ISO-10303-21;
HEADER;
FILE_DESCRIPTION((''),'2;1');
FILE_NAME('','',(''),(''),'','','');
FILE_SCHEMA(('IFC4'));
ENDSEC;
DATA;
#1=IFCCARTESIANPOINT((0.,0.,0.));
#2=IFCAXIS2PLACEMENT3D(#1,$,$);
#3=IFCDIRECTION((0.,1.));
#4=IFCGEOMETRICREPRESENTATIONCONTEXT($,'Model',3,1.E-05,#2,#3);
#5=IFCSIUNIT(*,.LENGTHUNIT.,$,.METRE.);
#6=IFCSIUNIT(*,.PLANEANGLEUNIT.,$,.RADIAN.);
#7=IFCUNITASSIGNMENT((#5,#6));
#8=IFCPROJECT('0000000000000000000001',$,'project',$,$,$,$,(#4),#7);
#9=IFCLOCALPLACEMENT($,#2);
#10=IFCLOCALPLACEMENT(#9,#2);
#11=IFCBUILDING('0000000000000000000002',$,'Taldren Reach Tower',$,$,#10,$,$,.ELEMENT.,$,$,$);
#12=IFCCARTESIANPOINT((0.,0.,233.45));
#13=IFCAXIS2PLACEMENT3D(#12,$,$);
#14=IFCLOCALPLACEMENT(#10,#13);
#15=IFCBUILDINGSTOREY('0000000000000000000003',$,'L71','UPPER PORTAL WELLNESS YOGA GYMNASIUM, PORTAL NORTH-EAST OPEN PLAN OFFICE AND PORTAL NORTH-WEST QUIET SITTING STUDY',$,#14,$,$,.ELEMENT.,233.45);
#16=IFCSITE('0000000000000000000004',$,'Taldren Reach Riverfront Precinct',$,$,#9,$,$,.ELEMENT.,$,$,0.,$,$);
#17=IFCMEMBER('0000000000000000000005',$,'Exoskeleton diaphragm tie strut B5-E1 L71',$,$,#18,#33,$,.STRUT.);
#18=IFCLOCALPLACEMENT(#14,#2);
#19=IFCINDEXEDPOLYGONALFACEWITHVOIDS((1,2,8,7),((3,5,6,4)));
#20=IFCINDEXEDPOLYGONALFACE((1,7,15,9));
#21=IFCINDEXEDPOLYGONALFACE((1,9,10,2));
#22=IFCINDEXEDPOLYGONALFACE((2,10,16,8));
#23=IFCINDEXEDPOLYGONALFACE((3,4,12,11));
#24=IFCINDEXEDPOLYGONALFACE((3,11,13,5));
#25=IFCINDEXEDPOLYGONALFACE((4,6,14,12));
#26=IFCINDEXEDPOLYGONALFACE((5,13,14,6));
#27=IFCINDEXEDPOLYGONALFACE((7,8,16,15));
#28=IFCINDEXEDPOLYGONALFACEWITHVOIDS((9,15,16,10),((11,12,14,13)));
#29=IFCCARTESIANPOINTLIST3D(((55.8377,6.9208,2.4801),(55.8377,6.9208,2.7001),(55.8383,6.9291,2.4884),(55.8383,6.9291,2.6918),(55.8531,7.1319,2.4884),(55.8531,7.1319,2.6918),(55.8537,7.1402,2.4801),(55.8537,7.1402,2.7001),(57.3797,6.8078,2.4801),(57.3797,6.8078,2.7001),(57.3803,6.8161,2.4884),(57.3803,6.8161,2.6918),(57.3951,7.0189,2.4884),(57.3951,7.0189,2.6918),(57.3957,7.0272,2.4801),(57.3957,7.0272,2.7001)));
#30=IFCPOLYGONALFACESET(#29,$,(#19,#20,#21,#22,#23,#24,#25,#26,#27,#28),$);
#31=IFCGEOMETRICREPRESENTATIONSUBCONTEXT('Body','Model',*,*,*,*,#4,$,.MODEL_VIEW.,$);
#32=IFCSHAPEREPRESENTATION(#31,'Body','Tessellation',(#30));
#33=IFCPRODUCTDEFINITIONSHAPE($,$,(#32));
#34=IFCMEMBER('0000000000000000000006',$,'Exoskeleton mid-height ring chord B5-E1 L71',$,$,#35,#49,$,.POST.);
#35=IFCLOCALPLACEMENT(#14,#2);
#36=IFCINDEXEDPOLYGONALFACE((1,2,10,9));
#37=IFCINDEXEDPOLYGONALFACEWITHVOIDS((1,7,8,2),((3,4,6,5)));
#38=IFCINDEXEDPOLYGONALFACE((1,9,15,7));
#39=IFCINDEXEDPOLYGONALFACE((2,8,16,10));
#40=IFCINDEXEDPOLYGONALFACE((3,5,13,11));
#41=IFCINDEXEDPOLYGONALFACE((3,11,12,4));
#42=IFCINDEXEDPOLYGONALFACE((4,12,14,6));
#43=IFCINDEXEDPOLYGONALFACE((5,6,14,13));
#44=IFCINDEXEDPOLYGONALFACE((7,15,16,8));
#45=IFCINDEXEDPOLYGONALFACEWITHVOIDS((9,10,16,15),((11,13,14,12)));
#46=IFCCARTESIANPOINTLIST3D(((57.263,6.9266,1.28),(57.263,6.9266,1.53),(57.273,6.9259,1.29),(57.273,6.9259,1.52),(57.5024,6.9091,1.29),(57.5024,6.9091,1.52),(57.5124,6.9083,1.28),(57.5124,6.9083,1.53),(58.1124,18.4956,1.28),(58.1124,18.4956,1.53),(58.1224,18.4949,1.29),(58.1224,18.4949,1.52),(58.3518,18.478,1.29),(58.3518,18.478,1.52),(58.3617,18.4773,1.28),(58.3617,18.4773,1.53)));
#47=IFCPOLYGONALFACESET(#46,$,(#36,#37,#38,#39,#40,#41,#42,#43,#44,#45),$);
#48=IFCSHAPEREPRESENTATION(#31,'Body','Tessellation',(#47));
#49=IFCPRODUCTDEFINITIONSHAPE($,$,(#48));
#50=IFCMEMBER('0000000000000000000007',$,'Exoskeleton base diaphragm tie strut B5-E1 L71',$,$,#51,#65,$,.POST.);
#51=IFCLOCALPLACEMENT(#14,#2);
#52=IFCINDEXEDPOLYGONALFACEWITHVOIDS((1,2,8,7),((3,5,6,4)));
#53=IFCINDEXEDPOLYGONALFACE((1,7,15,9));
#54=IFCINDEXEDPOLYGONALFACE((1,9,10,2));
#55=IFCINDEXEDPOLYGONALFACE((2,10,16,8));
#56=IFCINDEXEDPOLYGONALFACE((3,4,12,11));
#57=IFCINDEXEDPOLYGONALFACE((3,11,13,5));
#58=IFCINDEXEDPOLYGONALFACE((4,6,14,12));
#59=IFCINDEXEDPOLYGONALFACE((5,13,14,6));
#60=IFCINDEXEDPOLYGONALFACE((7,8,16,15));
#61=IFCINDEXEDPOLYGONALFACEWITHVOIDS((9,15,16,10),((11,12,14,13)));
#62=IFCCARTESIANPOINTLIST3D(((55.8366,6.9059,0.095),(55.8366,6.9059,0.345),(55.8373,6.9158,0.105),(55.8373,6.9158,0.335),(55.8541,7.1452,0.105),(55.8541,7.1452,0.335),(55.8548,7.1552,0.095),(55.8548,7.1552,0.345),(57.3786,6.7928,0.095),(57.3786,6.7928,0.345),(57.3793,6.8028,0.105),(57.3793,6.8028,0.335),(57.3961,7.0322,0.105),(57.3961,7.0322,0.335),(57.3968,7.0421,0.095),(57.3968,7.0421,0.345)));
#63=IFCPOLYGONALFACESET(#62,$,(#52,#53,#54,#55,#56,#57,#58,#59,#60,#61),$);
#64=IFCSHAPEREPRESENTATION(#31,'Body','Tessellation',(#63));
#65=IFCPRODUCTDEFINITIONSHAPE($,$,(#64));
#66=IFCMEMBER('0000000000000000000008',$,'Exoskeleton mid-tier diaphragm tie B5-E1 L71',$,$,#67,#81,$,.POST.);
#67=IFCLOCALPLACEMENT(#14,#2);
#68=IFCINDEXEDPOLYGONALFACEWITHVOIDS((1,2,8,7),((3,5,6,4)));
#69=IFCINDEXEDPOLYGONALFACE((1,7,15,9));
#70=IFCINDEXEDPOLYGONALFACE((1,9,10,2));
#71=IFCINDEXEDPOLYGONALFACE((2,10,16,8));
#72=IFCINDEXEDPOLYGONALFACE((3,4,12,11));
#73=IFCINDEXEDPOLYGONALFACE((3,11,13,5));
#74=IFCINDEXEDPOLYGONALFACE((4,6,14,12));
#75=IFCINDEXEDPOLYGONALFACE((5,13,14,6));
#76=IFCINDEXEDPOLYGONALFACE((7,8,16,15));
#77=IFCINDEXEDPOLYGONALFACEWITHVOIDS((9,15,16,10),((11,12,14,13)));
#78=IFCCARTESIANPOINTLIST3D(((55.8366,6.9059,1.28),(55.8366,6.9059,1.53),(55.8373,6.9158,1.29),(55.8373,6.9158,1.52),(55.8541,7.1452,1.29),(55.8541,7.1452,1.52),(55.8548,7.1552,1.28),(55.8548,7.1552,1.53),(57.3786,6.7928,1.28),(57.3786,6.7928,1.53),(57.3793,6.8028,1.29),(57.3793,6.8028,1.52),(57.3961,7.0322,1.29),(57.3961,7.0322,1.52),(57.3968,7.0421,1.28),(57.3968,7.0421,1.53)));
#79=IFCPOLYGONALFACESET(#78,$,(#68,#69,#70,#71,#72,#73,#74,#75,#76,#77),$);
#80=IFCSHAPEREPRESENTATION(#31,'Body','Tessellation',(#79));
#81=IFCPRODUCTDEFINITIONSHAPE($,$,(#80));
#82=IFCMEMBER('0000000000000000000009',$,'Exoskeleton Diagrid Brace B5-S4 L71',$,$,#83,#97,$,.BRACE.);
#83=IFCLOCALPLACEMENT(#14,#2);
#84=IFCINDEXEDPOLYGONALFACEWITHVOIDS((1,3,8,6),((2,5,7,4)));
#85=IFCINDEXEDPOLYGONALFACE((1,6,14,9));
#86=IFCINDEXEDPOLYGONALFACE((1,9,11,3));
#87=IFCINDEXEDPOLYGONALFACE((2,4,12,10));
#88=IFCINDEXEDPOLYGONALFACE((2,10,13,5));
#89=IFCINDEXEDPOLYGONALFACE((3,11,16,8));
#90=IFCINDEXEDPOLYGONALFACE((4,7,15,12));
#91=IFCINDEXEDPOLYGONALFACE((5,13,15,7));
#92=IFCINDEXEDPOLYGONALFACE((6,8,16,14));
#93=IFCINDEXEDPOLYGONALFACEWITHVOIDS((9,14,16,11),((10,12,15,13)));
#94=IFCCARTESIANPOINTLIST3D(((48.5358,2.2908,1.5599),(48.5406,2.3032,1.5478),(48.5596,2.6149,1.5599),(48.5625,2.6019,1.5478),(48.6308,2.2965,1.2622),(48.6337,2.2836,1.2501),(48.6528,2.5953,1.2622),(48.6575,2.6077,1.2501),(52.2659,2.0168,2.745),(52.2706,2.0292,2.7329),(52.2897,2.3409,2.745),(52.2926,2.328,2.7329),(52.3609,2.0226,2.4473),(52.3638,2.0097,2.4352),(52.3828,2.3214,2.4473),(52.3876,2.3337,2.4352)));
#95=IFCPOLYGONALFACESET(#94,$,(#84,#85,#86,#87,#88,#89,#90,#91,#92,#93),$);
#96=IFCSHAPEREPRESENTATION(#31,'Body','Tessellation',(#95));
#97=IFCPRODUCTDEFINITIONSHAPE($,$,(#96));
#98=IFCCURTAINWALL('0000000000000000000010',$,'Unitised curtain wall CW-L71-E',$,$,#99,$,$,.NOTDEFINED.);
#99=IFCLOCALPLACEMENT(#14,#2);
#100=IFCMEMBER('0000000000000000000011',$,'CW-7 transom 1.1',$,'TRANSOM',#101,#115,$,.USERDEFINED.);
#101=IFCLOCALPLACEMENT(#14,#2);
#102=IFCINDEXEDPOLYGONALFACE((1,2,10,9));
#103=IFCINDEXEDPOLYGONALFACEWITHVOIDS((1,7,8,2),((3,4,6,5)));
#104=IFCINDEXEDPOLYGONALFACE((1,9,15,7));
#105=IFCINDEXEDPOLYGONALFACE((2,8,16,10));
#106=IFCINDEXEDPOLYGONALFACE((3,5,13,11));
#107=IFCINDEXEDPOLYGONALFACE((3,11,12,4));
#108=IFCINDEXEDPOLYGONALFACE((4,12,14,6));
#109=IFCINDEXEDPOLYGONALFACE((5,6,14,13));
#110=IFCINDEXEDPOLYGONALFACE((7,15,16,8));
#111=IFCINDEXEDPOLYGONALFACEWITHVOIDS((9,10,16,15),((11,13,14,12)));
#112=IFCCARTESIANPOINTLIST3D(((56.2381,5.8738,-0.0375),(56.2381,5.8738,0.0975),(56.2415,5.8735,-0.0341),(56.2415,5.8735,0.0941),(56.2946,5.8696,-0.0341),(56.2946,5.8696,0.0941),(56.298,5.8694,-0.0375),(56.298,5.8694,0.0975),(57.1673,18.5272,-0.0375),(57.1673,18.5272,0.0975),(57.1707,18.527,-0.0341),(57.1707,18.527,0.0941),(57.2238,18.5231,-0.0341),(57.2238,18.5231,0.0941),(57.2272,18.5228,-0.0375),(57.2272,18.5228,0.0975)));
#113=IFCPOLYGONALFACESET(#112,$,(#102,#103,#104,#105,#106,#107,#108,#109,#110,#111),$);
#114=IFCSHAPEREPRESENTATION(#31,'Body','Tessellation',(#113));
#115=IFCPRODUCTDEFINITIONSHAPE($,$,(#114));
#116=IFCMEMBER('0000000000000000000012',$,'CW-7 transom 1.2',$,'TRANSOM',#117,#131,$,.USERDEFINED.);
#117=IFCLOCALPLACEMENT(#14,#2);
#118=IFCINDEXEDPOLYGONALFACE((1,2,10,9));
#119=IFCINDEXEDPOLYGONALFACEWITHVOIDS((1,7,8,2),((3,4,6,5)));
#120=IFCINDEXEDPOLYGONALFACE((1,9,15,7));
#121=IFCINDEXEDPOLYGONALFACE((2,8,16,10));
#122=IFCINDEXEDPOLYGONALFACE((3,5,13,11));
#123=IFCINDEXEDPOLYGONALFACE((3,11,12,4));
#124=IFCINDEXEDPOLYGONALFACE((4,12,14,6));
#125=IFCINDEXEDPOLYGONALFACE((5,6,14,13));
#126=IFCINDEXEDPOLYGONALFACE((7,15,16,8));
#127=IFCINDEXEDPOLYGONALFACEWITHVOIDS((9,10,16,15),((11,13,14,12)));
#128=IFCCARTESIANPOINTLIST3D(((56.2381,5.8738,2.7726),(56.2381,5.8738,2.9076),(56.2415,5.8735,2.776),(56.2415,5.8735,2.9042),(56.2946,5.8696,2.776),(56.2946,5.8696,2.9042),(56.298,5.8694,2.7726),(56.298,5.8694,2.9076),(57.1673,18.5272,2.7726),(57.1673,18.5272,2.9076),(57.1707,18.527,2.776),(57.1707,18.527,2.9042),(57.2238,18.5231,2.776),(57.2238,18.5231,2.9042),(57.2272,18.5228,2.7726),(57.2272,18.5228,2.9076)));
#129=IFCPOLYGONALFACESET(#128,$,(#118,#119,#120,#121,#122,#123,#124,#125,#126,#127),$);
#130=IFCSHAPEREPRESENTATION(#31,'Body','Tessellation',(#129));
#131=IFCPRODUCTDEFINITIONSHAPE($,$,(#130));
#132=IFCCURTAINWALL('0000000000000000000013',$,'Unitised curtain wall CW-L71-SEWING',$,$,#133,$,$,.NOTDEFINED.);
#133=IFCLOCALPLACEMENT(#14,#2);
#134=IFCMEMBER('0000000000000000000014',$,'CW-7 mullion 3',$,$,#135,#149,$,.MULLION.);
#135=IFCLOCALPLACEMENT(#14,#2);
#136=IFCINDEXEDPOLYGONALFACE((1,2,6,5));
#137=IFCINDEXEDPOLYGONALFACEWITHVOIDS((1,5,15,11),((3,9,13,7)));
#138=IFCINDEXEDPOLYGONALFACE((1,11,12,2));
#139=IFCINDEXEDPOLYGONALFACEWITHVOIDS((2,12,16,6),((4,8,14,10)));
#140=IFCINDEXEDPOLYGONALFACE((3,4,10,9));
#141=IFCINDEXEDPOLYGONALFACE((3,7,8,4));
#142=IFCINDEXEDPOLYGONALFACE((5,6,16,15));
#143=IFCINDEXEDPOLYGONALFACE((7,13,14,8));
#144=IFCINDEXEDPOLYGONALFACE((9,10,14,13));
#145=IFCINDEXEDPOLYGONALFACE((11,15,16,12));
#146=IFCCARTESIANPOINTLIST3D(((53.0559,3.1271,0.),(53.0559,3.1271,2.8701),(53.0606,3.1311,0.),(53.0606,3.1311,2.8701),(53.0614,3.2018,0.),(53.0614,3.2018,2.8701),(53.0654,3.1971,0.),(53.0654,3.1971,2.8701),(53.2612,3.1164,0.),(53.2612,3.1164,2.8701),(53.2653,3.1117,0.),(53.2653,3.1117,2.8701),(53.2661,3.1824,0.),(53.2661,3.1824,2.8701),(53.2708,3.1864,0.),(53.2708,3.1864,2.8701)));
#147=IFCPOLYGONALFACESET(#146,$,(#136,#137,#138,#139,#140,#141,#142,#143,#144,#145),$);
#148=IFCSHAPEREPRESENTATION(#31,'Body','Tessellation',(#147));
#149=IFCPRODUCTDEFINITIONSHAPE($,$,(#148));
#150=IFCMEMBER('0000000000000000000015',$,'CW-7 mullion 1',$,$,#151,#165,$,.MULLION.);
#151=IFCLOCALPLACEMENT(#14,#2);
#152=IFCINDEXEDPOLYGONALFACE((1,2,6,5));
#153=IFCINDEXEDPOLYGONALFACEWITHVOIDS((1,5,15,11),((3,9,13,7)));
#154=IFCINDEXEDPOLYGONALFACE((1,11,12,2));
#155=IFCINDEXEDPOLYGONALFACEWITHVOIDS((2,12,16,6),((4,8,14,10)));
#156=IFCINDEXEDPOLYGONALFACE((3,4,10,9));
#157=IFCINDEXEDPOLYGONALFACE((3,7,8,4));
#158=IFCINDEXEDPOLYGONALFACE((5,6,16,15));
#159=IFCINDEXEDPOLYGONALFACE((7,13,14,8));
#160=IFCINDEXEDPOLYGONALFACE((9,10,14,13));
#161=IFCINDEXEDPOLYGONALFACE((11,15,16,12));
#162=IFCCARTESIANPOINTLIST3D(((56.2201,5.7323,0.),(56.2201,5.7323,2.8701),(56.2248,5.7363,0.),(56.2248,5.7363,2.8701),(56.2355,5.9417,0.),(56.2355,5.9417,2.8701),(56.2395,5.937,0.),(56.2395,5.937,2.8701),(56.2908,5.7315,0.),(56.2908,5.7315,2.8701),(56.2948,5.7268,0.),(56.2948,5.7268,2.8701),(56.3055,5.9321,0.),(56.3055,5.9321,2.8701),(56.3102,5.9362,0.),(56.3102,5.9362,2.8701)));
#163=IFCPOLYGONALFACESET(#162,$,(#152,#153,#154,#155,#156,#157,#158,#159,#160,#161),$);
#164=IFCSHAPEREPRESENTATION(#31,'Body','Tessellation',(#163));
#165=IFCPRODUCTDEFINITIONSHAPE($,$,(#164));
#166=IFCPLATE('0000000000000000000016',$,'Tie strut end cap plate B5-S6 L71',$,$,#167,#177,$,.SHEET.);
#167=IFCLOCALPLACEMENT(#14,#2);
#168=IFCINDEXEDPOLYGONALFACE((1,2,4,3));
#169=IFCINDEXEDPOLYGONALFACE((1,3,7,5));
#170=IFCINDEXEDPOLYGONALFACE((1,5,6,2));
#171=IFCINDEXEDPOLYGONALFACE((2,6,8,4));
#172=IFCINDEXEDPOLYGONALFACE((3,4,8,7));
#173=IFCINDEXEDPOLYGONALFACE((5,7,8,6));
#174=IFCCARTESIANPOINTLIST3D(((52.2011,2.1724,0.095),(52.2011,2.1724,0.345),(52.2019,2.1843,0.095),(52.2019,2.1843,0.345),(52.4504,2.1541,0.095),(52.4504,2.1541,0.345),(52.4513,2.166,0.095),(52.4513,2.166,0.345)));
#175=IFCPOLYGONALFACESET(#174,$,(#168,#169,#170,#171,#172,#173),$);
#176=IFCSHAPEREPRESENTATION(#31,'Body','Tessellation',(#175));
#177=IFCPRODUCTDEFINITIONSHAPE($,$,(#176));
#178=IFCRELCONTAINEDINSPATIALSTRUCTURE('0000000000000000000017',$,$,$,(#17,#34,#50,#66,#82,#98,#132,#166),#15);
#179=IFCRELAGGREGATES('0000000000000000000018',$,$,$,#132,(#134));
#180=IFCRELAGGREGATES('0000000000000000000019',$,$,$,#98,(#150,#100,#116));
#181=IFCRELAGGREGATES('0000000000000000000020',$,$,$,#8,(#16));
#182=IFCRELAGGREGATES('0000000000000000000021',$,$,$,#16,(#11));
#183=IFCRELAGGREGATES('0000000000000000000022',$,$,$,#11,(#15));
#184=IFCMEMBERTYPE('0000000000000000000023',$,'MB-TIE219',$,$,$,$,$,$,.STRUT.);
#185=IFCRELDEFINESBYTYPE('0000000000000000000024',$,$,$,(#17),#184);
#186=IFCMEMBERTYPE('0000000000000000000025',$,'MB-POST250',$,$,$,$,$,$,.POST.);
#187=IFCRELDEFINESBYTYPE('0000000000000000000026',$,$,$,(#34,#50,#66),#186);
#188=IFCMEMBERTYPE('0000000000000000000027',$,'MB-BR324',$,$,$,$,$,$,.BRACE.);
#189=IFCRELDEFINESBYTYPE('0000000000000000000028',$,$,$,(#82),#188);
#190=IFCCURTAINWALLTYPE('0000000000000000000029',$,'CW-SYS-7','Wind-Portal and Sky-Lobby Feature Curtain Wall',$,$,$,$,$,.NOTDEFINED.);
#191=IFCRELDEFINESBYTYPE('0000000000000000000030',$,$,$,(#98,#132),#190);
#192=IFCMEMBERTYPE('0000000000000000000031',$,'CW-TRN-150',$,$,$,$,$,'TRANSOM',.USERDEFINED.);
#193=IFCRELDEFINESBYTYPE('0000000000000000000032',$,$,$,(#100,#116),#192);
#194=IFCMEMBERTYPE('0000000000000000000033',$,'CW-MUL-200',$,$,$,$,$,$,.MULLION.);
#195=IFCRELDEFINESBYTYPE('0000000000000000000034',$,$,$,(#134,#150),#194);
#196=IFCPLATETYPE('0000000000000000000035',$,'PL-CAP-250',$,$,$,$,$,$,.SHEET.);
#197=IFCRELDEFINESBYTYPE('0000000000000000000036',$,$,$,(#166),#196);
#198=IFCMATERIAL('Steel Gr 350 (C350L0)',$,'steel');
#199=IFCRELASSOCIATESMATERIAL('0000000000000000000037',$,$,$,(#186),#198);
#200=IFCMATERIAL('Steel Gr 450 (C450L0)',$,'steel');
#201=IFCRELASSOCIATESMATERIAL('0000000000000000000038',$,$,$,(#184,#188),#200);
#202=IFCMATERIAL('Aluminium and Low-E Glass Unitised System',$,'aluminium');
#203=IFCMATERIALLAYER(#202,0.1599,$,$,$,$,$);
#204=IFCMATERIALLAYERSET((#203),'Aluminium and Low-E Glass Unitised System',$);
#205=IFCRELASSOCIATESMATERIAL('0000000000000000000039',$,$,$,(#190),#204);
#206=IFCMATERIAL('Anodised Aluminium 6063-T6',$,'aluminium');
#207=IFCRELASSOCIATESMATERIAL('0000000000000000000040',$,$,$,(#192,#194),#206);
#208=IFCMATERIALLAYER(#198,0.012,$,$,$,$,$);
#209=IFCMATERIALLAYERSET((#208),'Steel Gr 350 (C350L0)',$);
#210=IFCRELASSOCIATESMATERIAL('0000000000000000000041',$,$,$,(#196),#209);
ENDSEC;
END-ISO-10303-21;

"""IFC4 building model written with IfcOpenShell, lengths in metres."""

from ifc_helpers import new_model, si_unit, direction, frame, origin, origin_2d, place, context, subcontext, project, spatial, rectangle, hollow_rectangle, extrude, source, transform, mapped, material, layer, layer_set, material_profile, profile_set, type_object, element, aggregate, save


model = new_model("IFC4")

# Units and contexts
model_context = context("Model", 3, precision=1e-05, world=origin(), true_north=direction((0.0, 1.0)))
body_context = subcontext(model_context, "Body", "Model", "MODEL_VIEW")
ifc_project = project(units=[si_unit("LENGTHUNIT", "METRE"), si_unit("PLANEANGLEUNIT", "RADIAN")], contexts=[model_context])

# Site, building, storey
site_placement = place(None, origin())
site = spatial("IfcSite", under=ifc_project, at=site_placement, Name="Taldren Reach Riverfront Precinct", CompositionType="ELEMENT", RefElevation=0.0)
building_placement = place(site_placement, origin())
building = spatial("IfcBuilding", under=site, at=building_placement, Name="Taldren Reach Tower", CompositionType="ELEMENT")
storey_placement = place(building_placement, frame((0.0, 0.0, 233.45)))
storey = spatial("IfcBuildingStorey", under=building, at=storey_placement, Name="L71", Description="UPPER PORTAL WELLNESS YOGA GYMNASIUM, PORTAL NORTH-EAST OPEN PLAN OFFICE AND PORTAL NORTH-WEST QUIET SITTING STUDY", CompositionType="ELEMENT", Elevation=233.45)

# Shared definitions
ifc_material_1 = material(Name="Steel Gr 350 (C350L0)", Category="steel")

# Shared definitions
ifc_material_profile_1 = material_profile(ifc_material_1, hollow_rectangle(XDim=0.25, YDim=0.25, WallThickness=0.01, at=origin_2d()), Name="250x250x10.0SHS")
ifc_profile_set_1 = profile_set([ifc_material_profile_1], Name="Steel Gr 350 (C350L0)")
member_type_1 = type_object("IfcMemberType", Name="MB-POST250", PredefinedType="POST", material=ifc_profile_set_1)
ifc_material_2 = material(Name="Steel Gr 450 (C450L0)", Category="steel")
ifc_material_profile_2 = material_profile(ifc_material_2, hollow_rectangle(XDim=0.22, YDim=0.22, WallThickness=0.0083, at=origin_2d()), Name="220x220x8.2SHS")
ifc_profile_set_2 = profile_set([ifc_material_profile_2], Name="Steel Gr 450 (C450L0)")
member_type_2 = type_object("IfcMemberType", Name="MB-TIE219", PredefinedType="STRUT", material=ifc_profile_set_2)

# Members
shared_shape_1 = source(origin(), body_context, "Body", "SweptSolid", [
    extrude(hollow_rectangle(XDim=0.22, YDim=0.22, WallThickness=0.0083, at=origin_2d()), origin(), (0.0, 0.0, 1.0), 1.5461),
])
member_1_placement = place(storey_placement, frame((55.8457, 7.0305, 2.5901), z_axis=(0.997324, -0.07311, 0.0), x_axis=(0.07311, 0.997324, 0.0)))
element("IfcMember", 1, at=member_1_placement, inside=storey, type_object=member_type_2, Name="Exoskeleton diaphragm tie strut B5-E1 L71", PredefinedType="STRUT", context=body_context, shape_type="MappedRepresentation", body=[
    mapped(shared_shape_1, transform((0.0, 0.0, 0.0), scale=1.0)),
])
shared_shape_2 = source(origin(), body_context, "Body", "SweptSolid", [
    extrude(hollow_rectangle(XDim=0.25, YDim=0.25, WallThickness=0.01, at=origin_2d()), origin(), (0.0, 0.0, 1.0), 11.6001),
])
member_2_placement = place(storey_placement, frame((57.3877, 6.9175, 1.405), z_axis=(0.073221, 0.997316, 0.0), x_axis=(-0.997316, 0.073221, 0.0)))
element("IfcMember", 2, at=member_2_placement, inside=storey, type_object=member_type_1, Name="Exoskeleton mid-height ring chord B5-E1 L71", PredefinedType="POST", context=body_context, shape_type="MappedRepresentation", body=[
    mapped(shared_shape_2, transform((0.0, 0.0, 0.0), scale=1.0)),
])
shared_shape_3 = source(origin(), body_context, "Body", "SweptSolid", [
    extrude(hollow_rectangle(XDim=0.25, YDim=0.25, WallThickness=0.01, at=origin_2d()), origin(), (0.0, 0.0, 1.0), 1.5461),
])
for number, where, z_axis, x_axis, name in (
    (3, (55.8457, 7.0305, 0.22), (0.997324, -0.07311, 0.0), (0.07311, 0.997324, 0.0), "Exoskeleton base diaphragm tie strut B5-E1 L71"),
    (4, (55.8457, 7.0305, 1.405), (0.997324, -0.07311, 0.0), (0.07311, 0.997324, 0.0), "Exoskeleton mid-tier diaphragm tie B5-E1 L71"),
):
    element("IfcMember", number, at=place(storey_placement, frame(where, z_axis=z_axis, x_axis=x_axis)), inside=storey, type_object=member_type_1, Name=name, PredefinedType="POST", context=body_context, shape_type="MappedRepresentation", body=[
        mapped(shared_shape_3, transform((0.0, 0.0, 0.0), scale=1.0)),
    ])
ifc_material_profile_3 = material_profile(ifc_material_2, hollow_rectangle(XDim=0.325, YDim=0.325, WallThickness=0.0127, at=origin_2d()), Name="325x325x12.7SHS")
ifc_profile_set_3 = profile_set([ifc_material_profile_3], Name="Steel Gr 450 (C450L0)")
member_type_3 = type_object("IfcMemberType", Name="MB-BR324", PredefinedType="BRACE", material=ifc_profile_set_3)
shared_shape_4 = source(origin(), body_context, "Body", "SweptSolid", [
    extrude(hollow_rectangle(XDim=0.325, YDim=0.325, WallThickness=0.0127, at=origin_2d()), origin(), (0.0, 0.0, 1.0), 3.9233),
])
member_3_placement = place(storey_placement, frame((48.5967, 2.4492, 1.405), z_axis=(0.950729, -0.069821, 0.302058), x_axis=(0.073242, 0.997314, 0.0)))
element("IfcMember", 5, at=member_3_placement, inside=storey, type_object=member_type_3, Name="Exoskeleton Diagrid Brace B5-S4 L71", PredefinedType="BRACE", context=body_context, shape_type="MappedRepresentation", body=[
    mapped(shared_shape_4, transform((0.0, 0.0, 0.0), scale=1.0)),
])

# Curtain wall, members
ifc_material_3 = material(Name="Aluminium and Low-E Glass Unitised System", Category="aluminium")
ifc_layer_1 = layer(ifc_material_3, 0.1599)
ifc_layer_set_1 = layer_set([ifc_layer_1], Name="Aluminium and Low-E Glass Unitised System")
curtain_wall_type = type_object("IfcCurtainWallType", Name="CW-SYS-7", Description="Wind-Portal and Sky-Lobby Feature Curtain Wall", PredefinedType="NOTDEFINED", material=ifc_layer_set_1)
curtain_wall_1_placement = place(storey_placement, origin())
curtain_wall_1 = element("IfcCurtainWall", 6, at=curtain_wall_1_placement, inside=storey, type_object=curtain_wall_type, Name="Unitised curtain wall CW-L71-E", PredefinedType="NOTDEFINED")
ifc_material_4 = material(Name="Anodised Aluminium 6063-T6", Category="aluminium")
ifc_material_profile_4 = material_profile(ifc_material_4, hollow_rectangle(XDim=0.0601, YDim=0.135, WallThickness=0.0034, at=origin_2d()), Name="ALU-135x60x3.5RHS")
ifc_profile_set_4 = profile_set([ifc_material_profile_4], Name="Anodised Aluminium 6063-T6")
member_type_4 = type_object("IfcMemberType", Name="CW-TRN-150", ElementType="TRANSOM", PredefinedType="USERDEFINED", material=ifc_profile_set_4)
shared_shape_5 = source(origin(), body_context, "Body", "SweptSolid", [
    extrude(hollow_rectangle(XDim=0.0601, YDim=0.135, WallThickness=0.0034, at=origin_2d()), origin(), (0.0, 0.0, 1.0), 12.6875),
])
member_4_placement = place(storey_placement, frame((56.2681, 5.8716, 0.03), z_axis=(0.073238, 0.997314, 0.0), x_axis=(-0.997314, 0.073238, 0.0)))
member_4 = element("IfcMember", 7, at=member_4_placement, type_object=member_type_4, Name="CW-7 transom 1.1", ObjectType="TRANSOM", PredefinedType="USERDEFINED", context=body_context, shape_type="MappedRepresentation", body=[
    mapped(shared_shape_5, transform((0.0, 0.0, 0.0), scale=1.0)),
])
member_5_placement = place(storey_placement, frame((56.2681, 5.8716, 2.8401), z_axis=(0.073238, 0.997314, 0.0), x_axis=(-0.997314, 0.073238, 0.0)))
member_5 = element("IfcMember", 8, at=member_5_placement, type_object=member_type_4, Name="CW-7 transom 1.2", ObjectType="TRANSOM", PredefinedType="USERDEFINED", context=body_context, shape_type="MappedRepresentation", body=[
    mapped(shared_shape_5, transform((0.0, 0.0, 0.0), scale=1.0)),
])

# Curtain wall, member
curtain_wall_2_placement = place(storey_placement, origin())
curtain_wall_2 = element("IfcCurtainWall", 9, at=curtain_wall_2_placement, inside=storey, type_object=curtain_wall_type, Name="Unitised curtain wall CW-L71-SEWING", PredefinedType="NOTDEFINED")
ifc_material_profile_5 = material_profile(ifc_material_4, hollow_rectangle(XDim=0.075, YDim=0.21, WallThickness=0.0044, at=origin_2d()), Name="ALU-210x75x4.5RHS")
ifc_profile_set_5 = profile_set([ifc_material_profile_5], Name="Anodised Aluminium 6063-T6")
member_type_5 = type_object("IfcMemberType", Name="CW-MUL-200", PredefinedType="MULLION", material=ifc_profile_set_5)
shared_shape_6 = source(origin(), body_context, "Body", "SweptSolid", [
    extrude(hollow_rectangle(XDim=0.075, YDim=0.21, WallThickness=0.0044, at=origin_2d()), origin(), (0.0, 0.0, 1.0), 2.8701),
])
member_6_placement = place(storey_placement, frame((53.1633, 3.1567, 0.0), z_axis=(0.0, 0.0, 1.0), x_axis=(0.073238, 0.997314, 0.0)))
member_6 = element("IfcMember", 10, at=member_6_placement, type_object=member_type_5, Name="CW-7 mullion 3", PredefinedType="MULLION", context=body_context, shape_type="MappedRepresentation", body=[
    mapped(shared_shape_6, transform((0.0, 0.0, 0.0), scale=1.0)),
])

# Member
member_7_placement = place(storey_placement, frame((56.2651, 5.8342, 0.0), z_axis=(0.0, 0.0, 1.0), x_axis=(-0.997314, 0.073238, 0.0)))
member_7 = element("IfcMember", 11, at=member_7_placement, type_object=member_type_5, Name="CW-7 mullion 1", PredefinedType="MULLION", context=body_context, shape_type="MappedRepresentation", body=[
    mapped(shared_shape_6, transform((0.0, 0.0, 0.0), scale=1.0)),
])

# Plate
ifc_layer_2 = layer(ifc_material_1, 0.012)
ifc_layer_set_2 = layer_set([ifc_layer_2], Name="Steel Gr 350 (C350L0)")
plate_type_1 = type_object("IfcPlateType", Name="PL-CAP-250", PredefinedType="SHEET", material=ifc_layer_set_2)
shared_shape_7 = source(origin(), body_context, "Body", "SweptSolid", [
    extrude(rectangle(XDim=0.25, YDim=0.012, at=origin_2d()), origin(), (0.0, 0.0, 1.0), 0.25),
])
plate_1_placement = place(storey_placement, frame((52.3262, 2.1692, 0.095), z_axis=(0.0, 0.0, 1.0), x_axis=(0.997314, -0.073238, 0.0)))
element("IfcPlate", 12, at=plate_1_placement, inside=storey, type_object=plate_type_1, Name="Tie strut end cap plate B5-S6 L71", PredefinedType="SHEET", context=body_context, shape_type="MappedRepresentation", body=[
    mapped(shared_shape_7, transform((0.0, 0.0, 0.0), scale=1.0)),
])

aggregate(curtain_wall_2, [member_6])
aggregate(curtain_wall_1, [member_7, member_4, member_5])

save(model, "model.ifc")
